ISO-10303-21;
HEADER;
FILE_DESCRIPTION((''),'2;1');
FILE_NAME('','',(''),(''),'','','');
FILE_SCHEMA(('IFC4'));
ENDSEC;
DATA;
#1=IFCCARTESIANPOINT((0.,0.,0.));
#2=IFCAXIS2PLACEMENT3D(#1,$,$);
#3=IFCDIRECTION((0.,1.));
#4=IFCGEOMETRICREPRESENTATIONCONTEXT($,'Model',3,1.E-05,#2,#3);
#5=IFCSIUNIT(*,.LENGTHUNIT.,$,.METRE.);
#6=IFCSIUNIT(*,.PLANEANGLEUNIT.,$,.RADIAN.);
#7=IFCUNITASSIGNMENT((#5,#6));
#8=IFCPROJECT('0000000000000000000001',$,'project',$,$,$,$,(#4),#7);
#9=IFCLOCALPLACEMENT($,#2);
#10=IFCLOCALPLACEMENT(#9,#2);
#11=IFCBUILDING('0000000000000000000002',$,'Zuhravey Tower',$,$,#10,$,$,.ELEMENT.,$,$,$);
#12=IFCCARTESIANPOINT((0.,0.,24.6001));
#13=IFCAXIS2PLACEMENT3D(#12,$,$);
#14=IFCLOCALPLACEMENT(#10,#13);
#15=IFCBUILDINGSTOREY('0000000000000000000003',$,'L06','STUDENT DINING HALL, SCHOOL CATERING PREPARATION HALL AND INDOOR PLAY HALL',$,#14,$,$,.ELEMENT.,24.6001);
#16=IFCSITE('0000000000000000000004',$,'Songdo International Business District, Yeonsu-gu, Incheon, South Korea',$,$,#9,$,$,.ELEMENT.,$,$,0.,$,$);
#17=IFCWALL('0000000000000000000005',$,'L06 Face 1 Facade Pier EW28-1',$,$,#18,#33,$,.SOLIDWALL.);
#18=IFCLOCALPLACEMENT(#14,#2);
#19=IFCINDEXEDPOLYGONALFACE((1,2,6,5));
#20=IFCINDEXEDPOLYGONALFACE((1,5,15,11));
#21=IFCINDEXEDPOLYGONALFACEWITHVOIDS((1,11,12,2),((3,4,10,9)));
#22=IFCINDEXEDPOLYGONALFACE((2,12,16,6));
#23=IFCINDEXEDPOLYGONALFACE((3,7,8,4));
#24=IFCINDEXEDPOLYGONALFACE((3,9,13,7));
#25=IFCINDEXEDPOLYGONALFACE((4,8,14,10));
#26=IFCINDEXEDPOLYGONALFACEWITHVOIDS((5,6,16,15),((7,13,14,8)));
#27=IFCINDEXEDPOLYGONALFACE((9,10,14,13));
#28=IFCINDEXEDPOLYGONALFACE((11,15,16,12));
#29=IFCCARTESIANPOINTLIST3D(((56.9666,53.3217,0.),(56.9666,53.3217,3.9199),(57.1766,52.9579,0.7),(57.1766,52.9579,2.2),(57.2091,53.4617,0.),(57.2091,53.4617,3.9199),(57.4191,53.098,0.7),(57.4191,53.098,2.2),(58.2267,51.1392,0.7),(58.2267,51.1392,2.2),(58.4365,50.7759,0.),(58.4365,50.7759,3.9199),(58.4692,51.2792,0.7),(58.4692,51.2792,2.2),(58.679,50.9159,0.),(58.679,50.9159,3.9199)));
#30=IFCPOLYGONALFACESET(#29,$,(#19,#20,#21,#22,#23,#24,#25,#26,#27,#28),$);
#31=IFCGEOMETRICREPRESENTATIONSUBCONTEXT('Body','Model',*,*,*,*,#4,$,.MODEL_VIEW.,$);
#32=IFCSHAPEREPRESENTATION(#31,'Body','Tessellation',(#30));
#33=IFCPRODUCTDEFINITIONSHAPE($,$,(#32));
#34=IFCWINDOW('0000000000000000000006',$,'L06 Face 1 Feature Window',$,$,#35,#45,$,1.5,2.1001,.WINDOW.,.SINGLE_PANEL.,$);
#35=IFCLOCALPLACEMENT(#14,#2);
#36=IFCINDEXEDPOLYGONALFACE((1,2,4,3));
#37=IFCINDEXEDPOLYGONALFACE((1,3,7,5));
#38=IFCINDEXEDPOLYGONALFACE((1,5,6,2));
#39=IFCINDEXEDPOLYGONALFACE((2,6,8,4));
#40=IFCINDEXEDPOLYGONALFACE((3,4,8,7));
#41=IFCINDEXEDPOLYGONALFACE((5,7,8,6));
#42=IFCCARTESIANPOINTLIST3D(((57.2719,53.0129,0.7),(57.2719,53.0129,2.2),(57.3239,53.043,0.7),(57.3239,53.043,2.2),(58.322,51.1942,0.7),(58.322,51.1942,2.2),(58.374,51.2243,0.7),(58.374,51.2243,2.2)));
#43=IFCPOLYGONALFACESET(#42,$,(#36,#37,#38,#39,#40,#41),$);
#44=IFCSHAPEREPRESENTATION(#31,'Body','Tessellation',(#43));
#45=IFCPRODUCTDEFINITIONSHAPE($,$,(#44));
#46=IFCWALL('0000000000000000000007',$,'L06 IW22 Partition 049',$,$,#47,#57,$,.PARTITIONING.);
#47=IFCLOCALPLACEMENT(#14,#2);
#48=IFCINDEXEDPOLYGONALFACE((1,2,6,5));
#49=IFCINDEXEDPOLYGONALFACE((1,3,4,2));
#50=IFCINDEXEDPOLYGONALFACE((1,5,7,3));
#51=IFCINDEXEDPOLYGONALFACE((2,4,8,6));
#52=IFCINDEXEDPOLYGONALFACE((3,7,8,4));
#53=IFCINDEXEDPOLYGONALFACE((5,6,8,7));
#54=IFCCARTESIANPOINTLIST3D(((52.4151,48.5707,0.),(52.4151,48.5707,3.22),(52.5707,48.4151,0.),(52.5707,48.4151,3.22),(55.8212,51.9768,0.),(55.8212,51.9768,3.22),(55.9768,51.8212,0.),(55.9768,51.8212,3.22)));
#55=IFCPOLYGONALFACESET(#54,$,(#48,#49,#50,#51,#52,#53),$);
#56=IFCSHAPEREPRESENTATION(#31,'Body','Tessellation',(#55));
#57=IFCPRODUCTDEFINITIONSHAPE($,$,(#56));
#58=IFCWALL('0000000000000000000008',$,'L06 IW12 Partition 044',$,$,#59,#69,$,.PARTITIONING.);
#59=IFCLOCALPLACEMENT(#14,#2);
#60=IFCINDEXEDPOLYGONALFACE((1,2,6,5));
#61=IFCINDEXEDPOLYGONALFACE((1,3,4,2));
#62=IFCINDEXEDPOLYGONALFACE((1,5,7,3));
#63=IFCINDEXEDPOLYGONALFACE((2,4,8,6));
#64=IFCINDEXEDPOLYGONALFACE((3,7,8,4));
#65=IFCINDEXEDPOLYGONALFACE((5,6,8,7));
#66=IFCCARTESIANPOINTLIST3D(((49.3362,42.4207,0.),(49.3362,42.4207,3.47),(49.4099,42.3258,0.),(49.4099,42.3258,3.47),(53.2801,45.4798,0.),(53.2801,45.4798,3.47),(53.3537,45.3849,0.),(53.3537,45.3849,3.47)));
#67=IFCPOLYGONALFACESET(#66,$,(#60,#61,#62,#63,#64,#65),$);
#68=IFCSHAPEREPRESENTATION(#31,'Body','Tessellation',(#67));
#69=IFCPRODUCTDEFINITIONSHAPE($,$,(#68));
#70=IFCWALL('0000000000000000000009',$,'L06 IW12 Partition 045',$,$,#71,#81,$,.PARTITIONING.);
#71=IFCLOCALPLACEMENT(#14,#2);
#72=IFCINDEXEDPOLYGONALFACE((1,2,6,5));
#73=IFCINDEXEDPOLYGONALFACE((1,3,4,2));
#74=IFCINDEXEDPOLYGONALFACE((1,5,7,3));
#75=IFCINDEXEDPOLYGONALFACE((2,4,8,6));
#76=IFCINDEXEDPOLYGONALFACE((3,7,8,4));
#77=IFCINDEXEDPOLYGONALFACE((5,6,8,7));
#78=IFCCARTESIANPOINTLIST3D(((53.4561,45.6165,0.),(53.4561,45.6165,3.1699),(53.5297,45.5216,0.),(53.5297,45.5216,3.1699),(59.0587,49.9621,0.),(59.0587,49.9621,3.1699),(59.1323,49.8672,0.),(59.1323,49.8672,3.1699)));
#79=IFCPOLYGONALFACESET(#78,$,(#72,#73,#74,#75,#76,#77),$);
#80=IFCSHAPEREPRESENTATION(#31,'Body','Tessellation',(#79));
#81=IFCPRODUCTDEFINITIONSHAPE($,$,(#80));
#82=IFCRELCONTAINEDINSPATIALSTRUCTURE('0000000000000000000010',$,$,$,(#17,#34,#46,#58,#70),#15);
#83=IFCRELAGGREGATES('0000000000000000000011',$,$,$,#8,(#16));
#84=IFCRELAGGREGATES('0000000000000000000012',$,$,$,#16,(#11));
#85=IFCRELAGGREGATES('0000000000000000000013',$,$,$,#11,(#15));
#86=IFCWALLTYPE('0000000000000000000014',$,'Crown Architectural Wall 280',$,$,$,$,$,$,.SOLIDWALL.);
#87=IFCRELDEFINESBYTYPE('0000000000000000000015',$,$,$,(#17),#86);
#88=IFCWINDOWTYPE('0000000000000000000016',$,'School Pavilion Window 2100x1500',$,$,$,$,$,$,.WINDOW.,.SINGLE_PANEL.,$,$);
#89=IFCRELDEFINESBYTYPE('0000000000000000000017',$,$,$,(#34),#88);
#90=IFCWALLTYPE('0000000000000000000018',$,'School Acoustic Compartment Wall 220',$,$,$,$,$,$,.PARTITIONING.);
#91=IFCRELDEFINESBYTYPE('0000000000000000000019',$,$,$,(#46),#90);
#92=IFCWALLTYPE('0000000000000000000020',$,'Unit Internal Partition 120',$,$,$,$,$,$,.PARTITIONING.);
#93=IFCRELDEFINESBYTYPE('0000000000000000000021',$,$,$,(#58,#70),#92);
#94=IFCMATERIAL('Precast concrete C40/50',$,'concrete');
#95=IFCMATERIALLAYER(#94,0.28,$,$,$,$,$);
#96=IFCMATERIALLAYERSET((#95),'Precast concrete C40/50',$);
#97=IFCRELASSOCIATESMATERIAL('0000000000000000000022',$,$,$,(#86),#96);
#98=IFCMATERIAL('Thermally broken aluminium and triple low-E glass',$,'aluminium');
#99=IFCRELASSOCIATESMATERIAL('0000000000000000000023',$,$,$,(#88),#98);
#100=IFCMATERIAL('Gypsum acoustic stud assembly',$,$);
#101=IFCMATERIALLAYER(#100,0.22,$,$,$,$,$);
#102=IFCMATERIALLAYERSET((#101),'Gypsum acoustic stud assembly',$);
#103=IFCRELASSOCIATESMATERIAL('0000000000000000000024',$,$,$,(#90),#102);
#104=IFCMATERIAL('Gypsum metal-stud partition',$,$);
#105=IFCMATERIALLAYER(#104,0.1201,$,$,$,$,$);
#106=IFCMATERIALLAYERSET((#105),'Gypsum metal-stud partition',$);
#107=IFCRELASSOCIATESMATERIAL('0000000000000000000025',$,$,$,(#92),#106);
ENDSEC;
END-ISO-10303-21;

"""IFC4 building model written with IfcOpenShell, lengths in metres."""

from ifc_helpers import new_model, si_unit, direction, frame, frame_2d, origin, place, context, subcontext, project, spatial, rectangle, extrude, material, layer, layer_set, type_object, element, fill, save


model = new_model("IFC4")

# Units and contexts
model_context = context("Model", 3, precision=1e-05, world=origin(), true_north=direction((0.0, 1.0)))
body_context = subcontext(model_context, "Body", "Model", "MODEL_VIEW")
ifc_project = project(units=[si_unit("LENGTHUNIT", "METRE"), si_unit("PLANEANGLEUNIT", "RADIAN")], contexts=[model_context])

# Site, building, storey
site_placement = place(None, origin())
site = spatial("IfcSite", under=ifc_project, at=site_placement, Name="Songdo International Business District, Yeonsu-gu, Incheon, South Korea", CompositionType="ELEMENT", RefElevation=0.0)
building_placement = place(site_placement, origin())
building = spatial("IfcBuilding", under=site, at=building_placement, Name="Zuhravey Tower", CompositionType="ELEMENT")
storey_placement = place(building_placement, frame((0.0, 0.0, 24.6001)))
storey = spatial("IfcBuildingStorey", under=building, at=storey_placement, Name="L06", Description="STUDENT DINING HALL, SCHOOL CATERING PREPARATION HALL AND INDOOR PLAY HALL", CompositionType="ELEMENT", Elevation=24.6001)

# Shared definitions
ifc_material_1 = material(Name="Precast concrete C40/50", Category="concrete")
ifc_layer_1 = layer(ifc_material_1, 0.28)
ifc_layer_set_1 = layer_set([ifc_layer_1], Name="Precast concrete C40/50")
wall_type_1 = type_object("IfcWallType", Name="Crown Architectural Wall 280", PredefinedType="SOLIDWALL", material=ifc_layer_set_1)

# Wall, opening, window
wall_1_placement = place(storey_placement, frame((57.0879, 53.3916, 0.0), z_axis=(0.0, 0.0, 1.0), x_axis=(0.500024, -0.866011, 0.0)))
wall_1 = element("IfcWall", 1, at=wall_1_placement, inside=storey, type_object=wall_type_1, Name="L06 Face 1 Facade Pier EW28-1", PredefinedType="SOLIDWALL", context=body_context, shape_type="SweptSolid", body=[
    extrude(rectangle(XDim=2.9397, YDim=0.28, at=frame_2d((1.4697, 0.0))), origin(), (0.0, 0.0, 1.0), 3.9199),
])
opening_1_placement = place(wall_1_placement, frame((0.4199, 0.0, 0.7)))
opening_1 = element("IfcOpeningElement", 2, at=opening_1_placement, cuts=wall_1, PredefinedType="OPENING", context=body_context, shape_type="SweptSolid", body=[
    extrude(rectangle(XDim=2.1001, YDim=1.5, at=frame_2d((1.05, 0.75))), frame((0.0, 0.1521, 0.0), z_axis=(0.0, -1.0, 0.0), x_axis=(1.0, 0.0, 0.0)), (0.0, 0.0, 1.0), 0.304),
])
ifc_material_2 = material(Name="Thermally broken aluminium and triple low-E glass", Category="aluminium")
window_type = type_object("IfcWindowType", Name="School Pavilion Window 2100x1500", PartitioningType="SINGLE_PANEL", PredefinedType="WINDOW", material=ifc_material_2)
window_placement = place(opening_1_placement, origin())
window = element("IfcWindow", 3, at=window_placement, inside=storey, type_object=window_type, Name="L06 Face 1 Feature Window", OverallHeight=1.5, OverallWidth=2.1001, PartitioningType="SINGLE_PANEL", PredefinedType="WINDOW", context=body_context, shape_type="SweptSolid", body=[
    extrude(rectangle(XDim=2.1001, YDim=1.5, at=frame_2d((1.05, 0.75))), frame((0.0, 0.03, 0.0), z_axis=(0.0, -1.0, 0.0), x_axis=(1.0, 0.0, 0.0)), (0.0, 0.0, 1.0), 0.0601),
])
fill(opening_1, window)

# Walls
ifc_material_3 = material(Name="Gypsum acoustic stud assembly")
ifc_layer_2 = layer(ifc_material_3, 0.22)
ifc_layer_set_2 = layer_set([ifc_layer_2], Name="Gypsum acoustic stud assembly")
wall_type_2 = type_object("IfcWallType", Name="School Acoustic Compartment Wall 220", PredefinedType="PARTITIONING", material=ifc_layer_set_2)
wall_2_placement = place(storey_placement, frame((52.4929, 48.4929, 0.0), z_axis=(0.0, 0.0, 1.0), x_axis=(0.707107, 0.707107, 0.0)))
element("IfcWall", 4, at=wall_2_placement, inside=storey, type_object=wall_type_2, Name="L06 IW22 Partition 049", PredefinedType="PARTITIONING", context=body_context, shape_type="SweptSolid", body=[
    extrude(rectangle(XDim=4.8169, YDim=0.22, at=frame_2d((2.4084, 0.0))), origin(), (0.0, 0.0, 1.0), 3.22),
])
ifc_material_4 = material(Name="Gypsum metal-stud partition")
ifc_layer_3 = layer(ifc_material_4, 0.1201)
ifc_layer_set_3 = layer_set([ifc_layer_3], Name="Gypsum metal-stud partition")
wall_type_3 = type_object("IfcWallType", Name="Unit Internal Partition 120", PredefinedType="PARTITIONING", material=ifc_layer_set_3)
wall_3_placement = place(storey_placement, frame((49.373, 42.3733, 0.0), z_axis=(0.0, 0.0, 1.0), x_axis=(0.790163, 0.612897, 0.0)))
element("IfcWall", 5, at=wall_3_placement, inside=storey, type_object=wall_type_3, Name="L06 IW12 Partition 044", PredefinedType="PARTITIONING", context=body_context, shape_type="SweptSolid", body=[
    extrude(rectangle(XDim=4.9912, YDim=0.1201, at=frame_2d((2.4956, 0.0))), origin(), (0.0, 0.0, 1.0), 3.47),
])
wall_4_placement = place(storey_placement, frame((53.4929, 45.5691, 0.0), z_axis=(0.0, 0.0, 1.0), x_axis=(0.790177, 0.612879, 0.0)))
element("IfcWall", 6, at=wall_4_placement, inside=storey, type_object=wall_type_3, Name="L06 IW12 Partition 045", PredefinedType="PARTITIONING", context=body_context, shape_type="SweptSolid", body=[
    extrude(rectangle(XDim=7.0903, YDim=0.1201, at=frame_2d((3.5452, 0.0))), origin(), (0.0, 0.0, 1.0), 3.1699),
])

save(model, "model.ifc")
